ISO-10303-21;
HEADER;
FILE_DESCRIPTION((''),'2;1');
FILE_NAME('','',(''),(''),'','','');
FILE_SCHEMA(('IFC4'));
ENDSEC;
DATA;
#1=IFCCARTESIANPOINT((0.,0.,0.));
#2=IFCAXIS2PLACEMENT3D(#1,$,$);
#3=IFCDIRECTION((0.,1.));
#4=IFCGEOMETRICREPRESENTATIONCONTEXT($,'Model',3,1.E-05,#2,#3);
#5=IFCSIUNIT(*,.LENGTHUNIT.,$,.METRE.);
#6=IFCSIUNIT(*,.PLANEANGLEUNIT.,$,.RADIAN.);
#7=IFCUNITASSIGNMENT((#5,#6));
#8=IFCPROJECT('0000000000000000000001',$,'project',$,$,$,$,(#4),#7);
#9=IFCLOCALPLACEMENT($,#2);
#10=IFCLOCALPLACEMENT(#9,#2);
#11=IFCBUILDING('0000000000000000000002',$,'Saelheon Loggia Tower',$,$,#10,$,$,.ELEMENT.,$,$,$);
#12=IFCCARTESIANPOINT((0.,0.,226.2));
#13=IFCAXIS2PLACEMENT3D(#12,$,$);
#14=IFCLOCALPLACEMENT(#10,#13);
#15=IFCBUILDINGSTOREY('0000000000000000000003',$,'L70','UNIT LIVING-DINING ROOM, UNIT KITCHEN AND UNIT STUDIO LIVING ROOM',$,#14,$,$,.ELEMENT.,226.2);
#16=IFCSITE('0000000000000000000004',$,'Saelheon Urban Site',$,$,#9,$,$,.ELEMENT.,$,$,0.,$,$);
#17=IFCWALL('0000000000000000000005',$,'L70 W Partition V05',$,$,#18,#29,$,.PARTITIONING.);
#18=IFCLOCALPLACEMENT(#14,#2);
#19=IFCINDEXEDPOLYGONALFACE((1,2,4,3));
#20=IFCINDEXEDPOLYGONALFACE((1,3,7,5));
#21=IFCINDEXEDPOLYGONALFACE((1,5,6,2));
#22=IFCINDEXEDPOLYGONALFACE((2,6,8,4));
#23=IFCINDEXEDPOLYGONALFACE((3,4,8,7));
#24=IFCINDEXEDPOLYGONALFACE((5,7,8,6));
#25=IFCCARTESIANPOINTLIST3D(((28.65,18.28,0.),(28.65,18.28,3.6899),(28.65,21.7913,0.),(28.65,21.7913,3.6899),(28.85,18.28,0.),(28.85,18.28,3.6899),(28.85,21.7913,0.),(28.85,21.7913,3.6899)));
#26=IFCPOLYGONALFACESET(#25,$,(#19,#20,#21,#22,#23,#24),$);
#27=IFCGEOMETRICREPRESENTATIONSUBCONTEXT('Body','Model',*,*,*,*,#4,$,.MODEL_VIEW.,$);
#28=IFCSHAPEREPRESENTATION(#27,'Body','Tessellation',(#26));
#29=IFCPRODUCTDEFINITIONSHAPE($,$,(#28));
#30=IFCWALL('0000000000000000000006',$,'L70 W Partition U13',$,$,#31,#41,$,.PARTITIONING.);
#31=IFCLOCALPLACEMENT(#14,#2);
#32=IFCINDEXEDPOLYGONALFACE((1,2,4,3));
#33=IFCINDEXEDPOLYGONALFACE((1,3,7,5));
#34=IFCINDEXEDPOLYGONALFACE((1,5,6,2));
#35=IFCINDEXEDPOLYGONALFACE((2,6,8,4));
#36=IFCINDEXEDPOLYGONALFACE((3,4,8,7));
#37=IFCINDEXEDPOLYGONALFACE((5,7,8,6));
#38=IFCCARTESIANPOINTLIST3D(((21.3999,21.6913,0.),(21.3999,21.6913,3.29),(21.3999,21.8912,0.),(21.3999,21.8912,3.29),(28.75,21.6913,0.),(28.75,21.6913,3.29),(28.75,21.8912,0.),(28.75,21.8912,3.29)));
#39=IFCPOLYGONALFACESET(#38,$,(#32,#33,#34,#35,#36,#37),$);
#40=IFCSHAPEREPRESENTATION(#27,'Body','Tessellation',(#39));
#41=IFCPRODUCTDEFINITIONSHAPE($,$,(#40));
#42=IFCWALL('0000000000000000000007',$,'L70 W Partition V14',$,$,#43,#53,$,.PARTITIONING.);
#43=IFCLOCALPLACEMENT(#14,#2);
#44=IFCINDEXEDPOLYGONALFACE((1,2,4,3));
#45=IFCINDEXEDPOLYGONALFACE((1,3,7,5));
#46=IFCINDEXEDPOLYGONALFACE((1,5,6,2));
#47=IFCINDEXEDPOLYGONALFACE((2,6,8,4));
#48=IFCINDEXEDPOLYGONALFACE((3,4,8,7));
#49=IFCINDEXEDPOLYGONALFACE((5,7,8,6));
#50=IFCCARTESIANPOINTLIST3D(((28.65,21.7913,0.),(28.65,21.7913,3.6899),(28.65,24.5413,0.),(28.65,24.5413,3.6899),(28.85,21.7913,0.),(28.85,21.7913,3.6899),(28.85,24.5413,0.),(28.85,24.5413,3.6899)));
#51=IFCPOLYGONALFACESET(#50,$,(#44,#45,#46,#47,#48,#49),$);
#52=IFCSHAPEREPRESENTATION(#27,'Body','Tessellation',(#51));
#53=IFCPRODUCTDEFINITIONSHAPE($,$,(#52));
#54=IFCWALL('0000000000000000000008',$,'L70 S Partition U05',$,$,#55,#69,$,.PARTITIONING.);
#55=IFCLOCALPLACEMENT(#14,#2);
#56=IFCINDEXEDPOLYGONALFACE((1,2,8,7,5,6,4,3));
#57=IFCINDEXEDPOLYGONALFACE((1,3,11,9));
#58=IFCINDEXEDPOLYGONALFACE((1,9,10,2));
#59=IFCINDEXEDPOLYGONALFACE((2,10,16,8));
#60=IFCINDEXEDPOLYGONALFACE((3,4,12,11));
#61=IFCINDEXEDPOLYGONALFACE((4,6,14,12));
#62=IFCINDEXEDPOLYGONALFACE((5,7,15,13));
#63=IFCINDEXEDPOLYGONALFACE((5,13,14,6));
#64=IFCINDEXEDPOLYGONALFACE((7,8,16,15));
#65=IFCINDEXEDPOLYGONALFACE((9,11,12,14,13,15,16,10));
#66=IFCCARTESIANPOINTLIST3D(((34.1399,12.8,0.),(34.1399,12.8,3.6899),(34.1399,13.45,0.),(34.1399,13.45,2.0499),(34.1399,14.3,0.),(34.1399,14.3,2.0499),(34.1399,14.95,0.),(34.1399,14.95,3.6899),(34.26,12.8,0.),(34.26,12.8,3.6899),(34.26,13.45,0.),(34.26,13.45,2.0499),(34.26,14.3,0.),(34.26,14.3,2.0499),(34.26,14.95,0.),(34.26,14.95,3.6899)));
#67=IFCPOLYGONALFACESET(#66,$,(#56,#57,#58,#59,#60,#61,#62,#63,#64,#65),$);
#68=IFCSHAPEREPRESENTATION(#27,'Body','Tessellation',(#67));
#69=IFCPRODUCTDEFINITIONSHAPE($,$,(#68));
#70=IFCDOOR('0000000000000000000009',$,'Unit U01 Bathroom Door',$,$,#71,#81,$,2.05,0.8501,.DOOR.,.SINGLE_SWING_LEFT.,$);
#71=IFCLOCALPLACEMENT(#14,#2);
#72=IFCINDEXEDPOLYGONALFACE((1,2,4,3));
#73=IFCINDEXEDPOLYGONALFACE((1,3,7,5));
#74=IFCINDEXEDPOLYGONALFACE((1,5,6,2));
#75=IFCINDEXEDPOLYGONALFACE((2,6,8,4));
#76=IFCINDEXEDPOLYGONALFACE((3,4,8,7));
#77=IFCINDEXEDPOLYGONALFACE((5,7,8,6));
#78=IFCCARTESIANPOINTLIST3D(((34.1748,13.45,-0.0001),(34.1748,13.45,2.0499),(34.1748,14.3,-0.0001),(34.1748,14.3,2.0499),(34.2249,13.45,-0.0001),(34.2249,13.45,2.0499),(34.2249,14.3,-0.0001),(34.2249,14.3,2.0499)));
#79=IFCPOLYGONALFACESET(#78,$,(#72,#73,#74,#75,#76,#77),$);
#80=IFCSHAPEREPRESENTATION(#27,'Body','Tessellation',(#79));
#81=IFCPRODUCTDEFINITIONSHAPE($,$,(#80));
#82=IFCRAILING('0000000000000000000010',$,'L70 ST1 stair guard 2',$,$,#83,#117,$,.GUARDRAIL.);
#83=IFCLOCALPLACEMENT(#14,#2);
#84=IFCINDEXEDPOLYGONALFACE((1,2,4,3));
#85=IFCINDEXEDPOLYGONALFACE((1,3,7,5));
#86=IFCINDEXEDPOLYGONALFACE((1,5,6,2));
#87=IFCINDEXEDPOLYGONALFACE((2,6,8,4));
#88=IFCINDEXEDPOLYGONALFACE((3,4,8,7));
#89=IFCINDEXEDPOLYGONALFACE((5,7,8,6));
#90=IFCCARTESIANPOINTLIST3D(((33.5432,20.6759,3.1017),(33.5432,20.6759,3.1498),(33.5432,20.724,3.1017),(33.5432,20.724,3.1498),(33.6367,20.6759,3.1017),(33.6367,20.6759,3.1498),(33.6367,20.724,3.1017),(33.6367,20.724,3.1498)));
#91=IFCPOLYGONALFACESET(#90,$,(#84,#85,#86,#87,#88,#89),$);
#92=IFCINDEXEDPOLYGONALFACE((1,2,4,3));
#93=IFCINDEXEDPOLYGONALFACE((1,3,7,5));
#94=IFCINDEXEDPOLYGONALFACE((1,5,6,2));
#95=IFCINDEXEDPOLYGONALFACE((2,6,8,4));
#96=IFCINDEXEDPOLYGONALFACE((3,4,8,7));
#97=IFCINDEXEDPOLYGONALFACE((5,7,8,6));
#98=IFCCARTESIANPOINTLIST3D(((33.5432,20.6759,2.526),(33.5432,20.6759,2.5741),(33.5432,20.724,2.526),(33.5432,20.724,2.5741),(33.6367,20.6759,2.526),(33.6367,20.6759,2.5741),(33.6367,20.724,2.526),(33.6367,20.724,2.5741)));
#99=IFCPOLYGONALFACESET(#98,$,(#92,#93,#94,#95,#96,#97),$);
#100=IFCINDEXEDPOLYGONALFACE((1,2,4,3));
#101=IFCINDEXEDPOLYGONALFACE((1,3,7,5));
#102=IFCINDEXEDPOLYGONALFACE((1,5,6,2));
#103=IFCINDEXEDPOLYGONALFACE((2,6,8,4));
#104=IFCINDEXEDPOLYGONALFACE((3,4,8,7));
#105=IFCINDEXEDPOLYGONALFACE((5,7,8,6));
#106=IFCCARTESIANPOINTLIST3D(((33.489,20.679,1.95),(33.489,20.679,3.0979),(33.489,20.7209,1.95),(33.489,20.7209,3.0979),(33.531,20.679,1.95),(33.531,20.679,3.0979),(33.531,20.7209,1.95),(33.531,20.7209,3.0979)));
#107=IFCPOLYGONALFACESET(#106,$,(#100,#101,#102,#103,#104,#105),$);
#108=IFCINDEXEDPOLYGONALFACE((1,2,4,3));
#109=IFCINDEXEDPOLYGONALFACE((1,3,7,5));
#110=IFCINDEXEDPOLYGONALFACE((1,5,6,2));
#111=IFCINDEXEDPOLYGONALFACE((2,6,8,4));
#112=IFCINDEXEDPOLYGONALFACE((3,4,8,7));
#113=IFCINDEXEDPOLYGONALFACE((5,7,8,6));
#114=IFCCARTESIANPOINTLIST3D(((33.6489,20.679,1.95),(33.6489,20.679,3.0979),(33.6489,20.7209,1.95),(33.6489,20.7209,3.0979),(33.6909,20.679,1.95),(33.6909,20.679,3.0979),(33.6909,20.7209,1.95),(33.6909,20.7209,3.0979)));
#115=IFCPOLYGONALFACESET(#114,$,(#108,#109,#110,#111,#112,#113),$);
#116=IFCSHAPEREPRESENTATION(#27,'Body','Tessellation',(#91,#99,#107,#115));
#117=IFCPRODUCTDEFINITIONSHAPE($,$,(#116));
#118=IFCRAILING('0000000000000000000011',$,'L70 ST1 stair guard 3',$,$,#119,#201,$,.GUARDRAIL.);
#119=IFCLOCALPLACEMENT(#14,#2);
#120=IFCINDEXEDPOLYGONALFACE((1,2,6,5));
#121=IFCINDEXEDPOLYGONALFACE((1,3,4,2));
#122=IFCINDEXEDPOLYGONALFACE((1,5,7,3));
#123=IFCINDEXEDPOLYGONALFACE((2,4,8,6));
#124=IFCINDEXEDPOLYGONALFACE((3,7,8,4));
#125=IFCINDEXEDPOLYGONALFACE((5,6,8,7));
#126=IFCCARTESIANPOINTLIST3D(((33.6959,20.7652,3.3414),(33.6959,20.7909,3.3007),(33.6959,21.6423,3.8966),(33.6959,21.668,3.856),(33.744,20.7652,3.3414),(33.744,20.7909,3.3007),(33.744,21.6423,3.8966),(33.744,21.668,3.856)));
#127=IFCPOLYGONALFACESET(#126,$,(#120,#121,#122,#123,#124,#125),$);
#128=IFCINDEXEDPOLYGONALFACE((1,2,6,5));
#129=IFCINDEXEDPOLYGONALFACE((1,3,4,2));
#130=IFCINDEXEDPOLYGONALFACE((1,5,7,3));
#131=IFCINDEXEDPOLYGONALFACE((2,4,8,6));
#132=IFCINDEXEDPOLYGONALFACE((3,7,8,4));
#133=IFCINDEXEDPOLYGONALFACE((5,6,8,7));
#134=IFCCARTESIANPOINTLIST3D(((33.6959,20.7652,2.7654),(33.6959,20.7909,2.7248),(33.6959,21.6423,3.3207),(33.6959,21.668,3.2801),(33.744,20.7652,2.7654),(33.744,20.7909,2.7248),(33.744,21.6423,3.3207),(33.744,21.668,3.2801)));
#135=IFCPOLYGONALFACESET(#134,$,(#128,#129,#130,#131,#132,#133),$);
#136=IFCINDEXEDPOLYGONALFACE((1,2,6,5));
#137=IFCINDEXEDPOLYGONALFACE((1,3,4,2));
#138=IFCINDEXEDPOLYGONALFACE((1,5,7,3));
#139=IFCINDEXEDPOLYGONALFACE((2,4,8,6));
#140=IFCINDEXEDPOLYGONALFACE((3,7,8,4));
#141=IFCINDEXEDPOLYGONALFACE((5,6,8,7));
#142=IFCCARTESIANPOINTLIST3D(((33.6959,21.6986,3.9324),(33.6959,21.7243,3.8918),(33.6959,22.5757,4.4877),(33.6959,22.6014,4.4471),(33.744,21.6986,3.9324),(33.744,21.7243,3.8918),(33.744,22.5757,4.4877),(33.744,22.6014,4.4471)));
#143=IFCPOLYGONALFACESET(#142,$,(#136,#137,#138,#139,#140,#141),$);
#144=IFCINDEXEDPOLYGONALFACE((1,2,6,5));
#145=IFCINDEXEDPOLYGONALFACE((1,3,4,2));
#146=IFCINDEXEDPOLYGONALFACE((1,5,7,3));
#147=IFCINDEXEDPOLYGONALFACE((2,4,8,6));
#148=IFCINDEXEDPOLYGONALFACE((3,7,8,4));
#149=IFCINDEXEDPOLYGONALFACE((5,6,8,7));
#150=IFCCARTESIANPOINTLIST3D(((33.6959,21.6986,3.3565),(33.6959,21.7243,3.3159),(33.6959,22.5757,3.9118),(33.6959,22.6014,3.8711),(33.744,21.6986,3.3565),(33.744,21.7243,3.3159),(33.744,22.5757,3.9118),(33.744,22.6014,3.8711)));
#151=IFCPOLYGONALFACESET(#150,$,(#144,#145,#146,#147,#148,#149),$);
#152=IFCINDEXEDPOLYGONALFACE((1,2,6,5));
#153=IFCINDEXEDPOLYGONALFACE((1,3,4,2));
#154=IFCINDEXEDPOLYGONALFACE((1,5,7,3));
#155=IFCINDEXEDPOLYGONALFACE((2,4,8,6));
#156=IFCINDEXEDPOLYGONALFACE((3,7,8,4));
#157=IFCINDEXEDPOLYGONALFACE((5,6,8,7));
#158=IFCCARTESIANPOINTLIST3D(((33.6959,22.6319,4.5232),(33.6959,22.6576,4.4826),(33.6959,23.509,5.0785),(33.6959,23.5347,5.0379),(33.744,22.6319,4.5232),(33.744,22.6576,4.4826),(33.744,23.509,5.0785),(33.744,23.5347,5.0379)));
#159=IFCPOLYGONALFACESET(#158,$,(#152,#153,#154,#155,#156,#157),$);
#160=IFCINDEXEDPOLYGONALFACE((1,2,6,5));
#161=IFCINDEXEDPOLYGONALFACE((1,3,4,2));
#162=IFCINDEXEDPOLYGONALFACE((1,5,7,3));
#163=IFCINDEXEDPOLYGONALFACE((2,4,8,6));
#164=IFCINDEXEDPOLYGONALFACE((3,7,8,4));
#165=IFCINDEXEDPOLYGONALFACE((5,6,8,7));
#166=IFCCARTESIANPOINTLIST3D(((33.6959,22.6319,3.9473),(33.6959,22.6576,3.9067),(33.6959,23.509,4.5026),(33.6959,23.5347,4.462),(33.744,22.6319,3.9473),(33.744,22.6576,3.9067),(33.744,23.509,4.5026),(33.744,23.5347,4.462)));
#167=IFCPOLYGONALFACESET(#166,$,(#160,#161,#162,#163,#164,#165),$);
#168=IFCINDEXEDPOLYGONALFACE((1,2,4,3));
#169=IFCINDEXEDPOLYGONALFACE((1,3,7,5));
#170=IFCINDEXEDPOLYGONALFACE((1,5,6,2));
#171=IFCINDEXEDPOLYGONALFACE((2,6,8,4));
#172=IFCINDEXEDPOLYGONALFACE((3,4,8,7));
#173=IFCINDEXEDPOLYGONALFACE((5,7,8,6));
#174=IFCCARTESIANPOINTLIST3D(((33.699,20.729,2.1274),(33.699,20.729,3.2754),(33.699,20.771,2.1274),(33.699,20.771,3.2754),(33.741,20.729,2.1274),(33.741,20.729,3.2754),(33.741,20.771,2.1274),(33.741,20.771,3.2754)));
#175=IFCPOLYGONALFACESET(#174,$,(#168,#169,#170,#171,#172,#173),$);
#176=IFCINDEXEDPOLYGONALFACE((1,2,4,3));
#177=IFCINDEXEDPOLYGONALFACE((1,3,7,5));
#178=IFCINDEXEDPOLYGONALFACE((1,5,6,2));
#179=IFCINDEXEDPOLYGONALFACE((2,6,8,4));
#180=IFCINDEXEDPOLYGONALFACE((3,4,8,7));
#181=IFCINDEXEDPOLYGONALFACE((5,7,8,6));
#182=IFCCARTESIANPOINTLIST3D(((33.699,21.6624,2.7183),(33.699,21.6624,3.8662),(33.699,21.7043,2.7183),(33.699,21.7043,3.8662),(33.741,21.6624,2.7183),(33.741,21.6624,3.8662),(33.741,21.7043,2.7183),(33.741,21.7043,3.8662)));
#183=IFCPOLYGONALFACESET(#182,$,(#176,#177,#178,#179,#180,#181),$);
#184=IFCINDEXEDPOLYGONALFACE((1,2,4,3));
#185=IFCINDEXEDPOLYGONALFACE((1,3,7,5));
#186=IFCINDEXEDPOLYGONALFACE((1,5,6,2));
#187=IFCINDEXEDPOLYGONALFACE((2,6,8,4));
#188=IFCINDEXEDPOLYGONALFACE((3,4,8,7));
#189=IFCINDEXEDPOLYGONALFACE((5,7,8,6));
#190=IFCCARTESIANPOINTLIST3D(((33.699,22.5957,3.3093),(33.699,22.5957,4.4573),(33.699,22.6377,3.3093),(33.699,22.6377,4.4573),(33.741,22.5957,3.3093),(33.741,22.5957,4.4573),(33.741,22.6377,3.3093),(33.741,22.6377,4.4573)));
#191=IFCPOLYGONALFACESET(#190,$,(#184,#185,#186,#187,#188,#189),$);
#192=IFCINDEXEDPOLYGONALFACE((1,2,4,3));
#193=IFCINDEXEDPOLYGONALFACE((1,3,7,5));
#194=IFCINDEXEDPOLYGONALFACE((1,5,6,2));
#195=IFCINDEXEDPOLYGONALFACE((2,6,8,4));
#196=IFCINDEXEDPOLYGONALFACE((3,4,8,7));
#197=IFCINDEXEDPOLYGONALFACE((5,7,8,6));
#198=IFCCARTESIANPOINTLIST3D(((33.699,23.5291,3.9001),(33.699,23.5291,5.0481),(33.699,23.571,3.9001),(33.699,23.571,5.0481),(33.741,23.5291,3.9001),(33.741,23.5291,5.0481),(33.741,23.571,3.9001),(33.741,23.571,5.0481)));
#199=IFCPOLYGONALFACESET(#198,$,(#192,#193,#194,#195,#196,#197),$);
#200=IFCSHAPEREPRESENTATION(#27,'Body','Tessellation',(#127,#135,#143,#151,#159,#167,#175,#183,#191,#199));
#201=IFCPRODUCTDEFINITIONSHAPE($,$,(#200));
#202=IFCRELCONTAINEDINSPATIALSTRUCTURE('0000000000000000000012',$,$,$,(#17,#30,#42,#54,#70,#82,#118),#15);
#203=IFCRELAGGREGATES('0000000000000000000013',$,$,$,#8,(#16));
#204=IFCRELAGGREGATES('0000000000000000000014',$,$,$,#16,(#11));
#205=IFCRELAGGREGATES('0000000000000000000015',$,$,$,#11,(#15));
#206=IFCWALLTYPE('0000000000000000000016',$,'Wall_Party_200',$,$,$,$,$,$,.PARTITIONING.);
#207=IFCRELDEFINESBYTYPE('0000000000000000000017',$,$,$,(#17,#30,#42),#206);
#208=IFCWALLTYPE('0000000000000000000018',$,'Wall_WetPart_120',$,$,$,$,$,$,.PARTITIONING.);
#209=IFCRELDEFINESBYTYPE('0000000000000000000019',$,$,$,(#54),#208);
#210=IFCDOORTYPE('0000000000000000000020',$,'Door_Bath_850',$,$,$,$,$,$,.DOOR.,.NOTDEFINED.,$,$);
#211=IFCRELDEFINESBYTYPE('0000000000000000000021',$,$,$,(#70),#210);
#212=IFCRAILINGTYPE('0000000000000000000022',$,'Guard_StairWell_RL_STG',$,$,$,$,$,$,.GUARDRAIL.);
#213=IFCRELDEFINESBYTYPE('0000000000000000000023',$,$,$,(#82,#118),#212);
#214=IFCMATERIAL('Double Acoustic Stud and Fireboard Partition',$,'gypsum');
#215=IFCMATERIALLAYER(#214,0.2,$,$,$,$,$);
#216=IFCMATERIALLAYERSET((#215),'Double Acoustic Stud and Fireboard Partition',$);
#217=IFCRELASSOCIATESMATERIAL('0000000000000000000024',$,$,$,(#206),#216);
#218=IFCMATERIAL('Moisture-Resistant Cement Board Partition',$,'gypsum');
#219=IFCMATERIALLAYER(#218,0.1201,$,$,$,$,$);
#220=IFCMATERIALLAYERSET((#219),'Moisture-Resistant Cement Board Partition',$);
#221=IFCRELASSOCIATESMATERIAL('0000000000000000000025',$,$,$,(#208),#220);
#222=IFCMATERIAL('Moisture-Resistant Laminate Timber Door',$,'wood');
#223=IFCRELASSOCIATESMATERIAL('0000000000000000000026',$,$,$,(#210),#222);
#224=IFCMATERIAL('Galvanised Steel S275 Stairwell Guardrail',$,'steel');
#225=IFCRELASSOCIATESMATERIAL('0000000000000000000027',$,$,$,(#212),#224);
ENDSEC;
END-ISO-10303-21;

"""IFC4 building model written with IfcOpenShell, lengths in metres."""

from ifc_helpers import new_model, si_unit, direction, frame, frame_2d, origin, origin_2d, place, context, subcontext, project, spatial, rectangle, extrude, source, transform, mapped, material, layer, layer_set, type_object, element, fill, save


model = new_model("IFC4")

# Units and contexts
model_context = context("Model", 3, precision=1e-05, world=origin(), true_north=direction((0.0, 1.0)))
body_context = subcontext(model_context, "Body", "Model", "MODEL_VIEW")
ifc_project = project(units=[si_unit("LENGTHUNIT", "METRE"), si_unit("PLANEANGLEUNIT", "RADIAN")], contexts=[model_context])

# Site, building, storey
site_placement = place(None, origin())
site = spatial("IfcSite", under=ifc_project, at=site_placement, Name="Saelheon Urban Site", CompositionType="ELEMENT", RefElevation=0.0)
building_placement = place(site_placement, origin())
building = spatial("IfcBuilding", under=site, at=building_placement, Name="Saelheon Loggia Tower", CompositionType="ELEMENT")
storey_placement = place(building_placement, frame((0.0, 0.0, 226.2)))
storey = spatial("IfcBuildingStorey", under=building, at=storey_placement, Name="L70", Description="UNIT LIVING-DINING ROOM, UNIT KITCHEN AND UNIT STUDIO LIVING ROOM", CompositionType="ELEMENT", Elevation=226.2)

# Shared definitions
ifc_material_1 = material(Name="Double Acoustic Stud and Fireboard Partition", Category="gypsum")
ifc_layer_1 = layer(ifc_material_1, 0.2)
ifc_layer_set_1 = layer_set([ifc_layer_1], Name="Double Acoustic Stud and Fireboard Partition")
wall_type_1 = type_object("IfcWallType", Name="Wall_Party_200", PredefinedType="PARTITIONING", material=ifc_layer_set_1)

# Walls
wall_1_placement = place(storey_placement, frame((28.75, 18.28, 0.0), z_axis=(0.0, 0.0, 1.0), x_axis=(0.0, 1.0, 0.0)))
element("IfcWall", 1, at=wall_1_placement, inside=storey, type_object=wall_type_1, Name="L70 W Partition V05", PredefinedType="PARTITIONING", context=body_context, shape_type="SweptSolid", body=[
    extrude(rectangle(XDim=3.5112, YDim=0.2, at=frame_2d((1.7556, 0.0))), origin(), (0.0, 0.0, 1.0), 3.6899),
])
wall_2_placement = place(storey_placement, frame((28.75, 21.7913, 0.0), z_axis=(0.0, 0.0, 1.0), x_axis=(-1.0, 0.0, 0.0)))
element("IfcWall", 2, at=wall_2_placement, inside=storey, type_object=wall_type_1, Name="L70 W Partition U13", PredefinedType="PARTITIONING", context=body_context, shape_type="SweptSolid", body=[
    extrude(rectangle(XDim=7.3501, YDim=0.2, at=frame_2d((3.675, 0.0))), origin(), (0.0, 0.0, 1.0), 3.29),
])
wall_3_placement = place(storey_placement, frame((28.75, 21.7913, 0.0), z_axis=(0.0, 0.0, 1.0), x_axis=(0.0, 1.0, 0.0)))
element("IfcWall", 3, at=wall_3_placement, inside=storey, type_object=wall_type_1, Name="L70 W Partition V14", PredefinedType="PARTITIONING", context=body_context, shape_type="SweptSolid", body=[
    extrude(rectangle(XDim=2.75, YDim=0.2, at=frame_2d((1.375, 0.0))), origin(), (0.0, 0.0, 1.0), 3.6899),
])

# Wall, opening, door
ifc_material_2 = material(Name="Moisture-Resistant Cement Board Partition", Category="gypsum")
ifc_layer_2 = layer(ifc_material_2, 0.1201)
ifc_layer_set_2 = layer_set([ifc_layer_2], Name="Moisture-Resistant Cement Board Partition")
wall_type_2 = type_object("IfcWallType", Name="Wall_WetPart_120", PredefinedType="PARTITIONING", material=ifc_layer_set_2)
wall_4_placement = place(storey_placement, frame((34.2, 14.95, 0.0), z_axis=(0.0, 0.0, 1.0), x_axis=(0.0, -1.0, 0.0)))
wall_4 = element("IfcWall", 4, at=wall_4_placement, inside=storey, type_object=wall_type_2, Name="L70 S Partition U05", PredefinedType="PARTITIONING", context=body_context, shape_type="SweptSolid", body=[
    extrude(rectangle(XDim=2.1499, YDim=0.1201, at=frame_2d((1.075, 0.0))), origin(), (0.0, 0.0, 1.0), 3.6899),
])
opening_1_placement = place(wall_4_placement, frame((0.6499, 0.0, 0.0)))
opening_1 = element("IfcOpeningElement", 5, at=opening_1_placement, cuts=wall_4, PredefinedType="OPENING", context=body_context, shape_type="SweptSolid", body=[
    extrude(rectangle(XDim=0.8501, YDim=2.05, at=frame_2d((0.425, 1.0249))), frame((0.0, 0.072, 0.0), z_axis=(0.0, -1.0, 0.0), x_axis=(1.0, 0.0, 0.0)), (0.0, 0.0, 1.0), 0.144),
])
ifc_material_3 = material(Name="Moisture-Resistant Laminate Timber Door", Category="wood")
door_type_1 = type_object("IfcDoorType", Name="Door_Bath_850", OperationType="NOTDEFINED", PredefinedType="DOOR", material=ifc_material_3)
shared_shape_1 = source(origin(), body_context, "Body", "SweptSolid", [
    extrude(rectangle(XDim=0.8501, YDim=2.05, at=frame_2d((0.425, 1.0249))), frame((0.0, 0.0249, 0.0), z_axis=(0.0, -1.0, 0.0), x_axis=(1.0, 0.0, 0.0)), (0.0, 0.0, 1.0), 0.05),
])
door_1_placement = place(opening_1_placement, origin())
door_1 = element("IfcDoor", 6, at=door_1_placement, inside=storey, type_object=door_type_1, Name="Unit U01 Bathroom Door", OperationType="SINGLE_SWING_LEFT", OverallHeight=2.05, OverallWidth=0.8501, PredefinedType="DOOR", context=body_context, shape_type="MappedRepresentation", body=[
    mapped(shared_shape_1, transform((0.0, 0.0, 0.0), scale=1.0)),
])
fill(opening_1, door_1)

# Railings
ifc_material_4 = material(Name="Galvanised Steel S275 Stairwell Guardrail", Category="steel")
railing_type = type_object("IfcRailingType", Name="Guard_StairWell_RL_STG", PredefinedType="GUARDRAIL", material=ifc_material_4)
railing_1_placement = place(storey_placement, frame((33.51, 20.7, 1.95)))
element("IfcRailing", 7, at=railing_1_placement, inside=storey, type_object=railing_type, Name="L70 ST1 stair guard 2", PredefinedType="GUARDRAIL", context=body_context, shape_type="SweptSolid", body=[
    extrude(rectangle(XDim=0.0481, YDim=0.0481, at=origin_2d()), frame((0.0332, 0.0, 1.1758), z_axis=(1.0, 0.0, 0.0), x_axis=(0.0, 1.0, 0.0)), (0.0, 0.0, 1.0), 0.0935),
    extrude(rectangle(XDim=0.0481, YDim=0.0481, at=origin_2d()), frame((0.0332, 0.0, 0.6001), z_axis=(1.0, 0.0, 0.0), x_axis=(0.0, 1.0, 0.0)), (0.0, 0.0, 1.0), 0.0935),
    extrude(rectangle(XDim=0.042, YDim=0.042, at=origin_2d()), origin(), (0.0, 0.0, 1.0), 1.1479),
    extrude(rectangle(XDim=0.042, YDim=0.042, at=origin_2d()), frame((0.1599, 0.0, 0.0)), (0.0, 0.0, 1.0), 1.1479),
])
railing_2_placement = place(storey_placement, frame((33.72, 20.75, 2.1274)))
element("IfcRailing", 8, at=railing_2_placement, inside=storey, type_object=railing_type, Name="L70 ST1 stair guard 3", PredefinedType="GUARDRAIL", context=body_context, shape_type="SweptSolid", body=[
    extrude(rectangle(XDim=0.0481, YDim=0.0481, at=origin_2d()), frame((0.0, 0.0281, 1.1936), z_axis=(0.0, 0.844909, 0.53491), x_axis=(-1.0, 0.0, 0.0)), (0.0, 0.0, 1.0), 1.0381),
    extrude(rectangle(XDim=0.0481, YDim=0.0481, at=origin_2d()), frame((0.0, 0.0281, 0.6177), z_axis=(0.0, 0.844909, 0.53491), x_axis=(-1.0, 0.0, 0.0)), (0.0, 0.0, 1.0), 1.0381),
    extrude(rectangle(XDim=0.0481, YDim=0.0481, at=origin_2d()), frame((0.0, 0.9614, 1.7847), z_axis=(0.0, 0.844909, 0.53491), x_axis=(-1.0, 0.0, 0.0)), (0.0, 0.0, 1.0), 1.0381),
    extrude(rectangle(XDim=0.0481, YDim=0.0481, at=origin_2d()), frame((0.0, 0.9614, 1.2087), z_axis=(0.0, 0.844909, 0.53491), x_axis=(-1.0, 0.0, 0.0)), (0.0, 0.0, 1.0), 1.0381),
    extrude(rectangle(XDim=0.0481, YDim=0.0481, at=origin_2d()), frame((0.0, 1.8948, 2.3755), z_axis=(0.0, 0.844909, 0.53491), x_axis=(-1.0, 0.0, 0.0)), (0.0, 0.0, 1.0), 1.0381),
    extrude(rectangle(XDim=0.0481, YDim=0.0481, at=origin_2d()), frame((0.0, 1.8948, 1.7996), z_axis=(0.0, 0.844909, 0.53491), x_axis=(-1.0, 0.0, 0.0)), (0.0, 0.0, 1.0), 1.0381),
    extrude(rectangle(XDim=0.042, YDim=0.042, at=origin_2d()), origin(), (0.0, 0.0, 1.0), 1.1479),
    extrude(rectangle(XDim=0.042, YDim=0.042, at=origin_2d()), frame((0.0, 0.9333, 0.5908)), (0.0, 0.0, 1.0), 1.1479),
    extrude(rectangle(XDim=0.042, YDim=0.042, at=origin_2d()), frame((0.0, 1.8667, 1.1819)), (0.0, 0.0, 1.0), 1.1479),
    extrude(rectangle(XDim=0.042, YDim=0.042, at=origin_2d()), frame((0.0, 2.8, 1.7727)), (0.0, 0.0, 1.0), 1.1479),
])

save(model, "model.ifc")
